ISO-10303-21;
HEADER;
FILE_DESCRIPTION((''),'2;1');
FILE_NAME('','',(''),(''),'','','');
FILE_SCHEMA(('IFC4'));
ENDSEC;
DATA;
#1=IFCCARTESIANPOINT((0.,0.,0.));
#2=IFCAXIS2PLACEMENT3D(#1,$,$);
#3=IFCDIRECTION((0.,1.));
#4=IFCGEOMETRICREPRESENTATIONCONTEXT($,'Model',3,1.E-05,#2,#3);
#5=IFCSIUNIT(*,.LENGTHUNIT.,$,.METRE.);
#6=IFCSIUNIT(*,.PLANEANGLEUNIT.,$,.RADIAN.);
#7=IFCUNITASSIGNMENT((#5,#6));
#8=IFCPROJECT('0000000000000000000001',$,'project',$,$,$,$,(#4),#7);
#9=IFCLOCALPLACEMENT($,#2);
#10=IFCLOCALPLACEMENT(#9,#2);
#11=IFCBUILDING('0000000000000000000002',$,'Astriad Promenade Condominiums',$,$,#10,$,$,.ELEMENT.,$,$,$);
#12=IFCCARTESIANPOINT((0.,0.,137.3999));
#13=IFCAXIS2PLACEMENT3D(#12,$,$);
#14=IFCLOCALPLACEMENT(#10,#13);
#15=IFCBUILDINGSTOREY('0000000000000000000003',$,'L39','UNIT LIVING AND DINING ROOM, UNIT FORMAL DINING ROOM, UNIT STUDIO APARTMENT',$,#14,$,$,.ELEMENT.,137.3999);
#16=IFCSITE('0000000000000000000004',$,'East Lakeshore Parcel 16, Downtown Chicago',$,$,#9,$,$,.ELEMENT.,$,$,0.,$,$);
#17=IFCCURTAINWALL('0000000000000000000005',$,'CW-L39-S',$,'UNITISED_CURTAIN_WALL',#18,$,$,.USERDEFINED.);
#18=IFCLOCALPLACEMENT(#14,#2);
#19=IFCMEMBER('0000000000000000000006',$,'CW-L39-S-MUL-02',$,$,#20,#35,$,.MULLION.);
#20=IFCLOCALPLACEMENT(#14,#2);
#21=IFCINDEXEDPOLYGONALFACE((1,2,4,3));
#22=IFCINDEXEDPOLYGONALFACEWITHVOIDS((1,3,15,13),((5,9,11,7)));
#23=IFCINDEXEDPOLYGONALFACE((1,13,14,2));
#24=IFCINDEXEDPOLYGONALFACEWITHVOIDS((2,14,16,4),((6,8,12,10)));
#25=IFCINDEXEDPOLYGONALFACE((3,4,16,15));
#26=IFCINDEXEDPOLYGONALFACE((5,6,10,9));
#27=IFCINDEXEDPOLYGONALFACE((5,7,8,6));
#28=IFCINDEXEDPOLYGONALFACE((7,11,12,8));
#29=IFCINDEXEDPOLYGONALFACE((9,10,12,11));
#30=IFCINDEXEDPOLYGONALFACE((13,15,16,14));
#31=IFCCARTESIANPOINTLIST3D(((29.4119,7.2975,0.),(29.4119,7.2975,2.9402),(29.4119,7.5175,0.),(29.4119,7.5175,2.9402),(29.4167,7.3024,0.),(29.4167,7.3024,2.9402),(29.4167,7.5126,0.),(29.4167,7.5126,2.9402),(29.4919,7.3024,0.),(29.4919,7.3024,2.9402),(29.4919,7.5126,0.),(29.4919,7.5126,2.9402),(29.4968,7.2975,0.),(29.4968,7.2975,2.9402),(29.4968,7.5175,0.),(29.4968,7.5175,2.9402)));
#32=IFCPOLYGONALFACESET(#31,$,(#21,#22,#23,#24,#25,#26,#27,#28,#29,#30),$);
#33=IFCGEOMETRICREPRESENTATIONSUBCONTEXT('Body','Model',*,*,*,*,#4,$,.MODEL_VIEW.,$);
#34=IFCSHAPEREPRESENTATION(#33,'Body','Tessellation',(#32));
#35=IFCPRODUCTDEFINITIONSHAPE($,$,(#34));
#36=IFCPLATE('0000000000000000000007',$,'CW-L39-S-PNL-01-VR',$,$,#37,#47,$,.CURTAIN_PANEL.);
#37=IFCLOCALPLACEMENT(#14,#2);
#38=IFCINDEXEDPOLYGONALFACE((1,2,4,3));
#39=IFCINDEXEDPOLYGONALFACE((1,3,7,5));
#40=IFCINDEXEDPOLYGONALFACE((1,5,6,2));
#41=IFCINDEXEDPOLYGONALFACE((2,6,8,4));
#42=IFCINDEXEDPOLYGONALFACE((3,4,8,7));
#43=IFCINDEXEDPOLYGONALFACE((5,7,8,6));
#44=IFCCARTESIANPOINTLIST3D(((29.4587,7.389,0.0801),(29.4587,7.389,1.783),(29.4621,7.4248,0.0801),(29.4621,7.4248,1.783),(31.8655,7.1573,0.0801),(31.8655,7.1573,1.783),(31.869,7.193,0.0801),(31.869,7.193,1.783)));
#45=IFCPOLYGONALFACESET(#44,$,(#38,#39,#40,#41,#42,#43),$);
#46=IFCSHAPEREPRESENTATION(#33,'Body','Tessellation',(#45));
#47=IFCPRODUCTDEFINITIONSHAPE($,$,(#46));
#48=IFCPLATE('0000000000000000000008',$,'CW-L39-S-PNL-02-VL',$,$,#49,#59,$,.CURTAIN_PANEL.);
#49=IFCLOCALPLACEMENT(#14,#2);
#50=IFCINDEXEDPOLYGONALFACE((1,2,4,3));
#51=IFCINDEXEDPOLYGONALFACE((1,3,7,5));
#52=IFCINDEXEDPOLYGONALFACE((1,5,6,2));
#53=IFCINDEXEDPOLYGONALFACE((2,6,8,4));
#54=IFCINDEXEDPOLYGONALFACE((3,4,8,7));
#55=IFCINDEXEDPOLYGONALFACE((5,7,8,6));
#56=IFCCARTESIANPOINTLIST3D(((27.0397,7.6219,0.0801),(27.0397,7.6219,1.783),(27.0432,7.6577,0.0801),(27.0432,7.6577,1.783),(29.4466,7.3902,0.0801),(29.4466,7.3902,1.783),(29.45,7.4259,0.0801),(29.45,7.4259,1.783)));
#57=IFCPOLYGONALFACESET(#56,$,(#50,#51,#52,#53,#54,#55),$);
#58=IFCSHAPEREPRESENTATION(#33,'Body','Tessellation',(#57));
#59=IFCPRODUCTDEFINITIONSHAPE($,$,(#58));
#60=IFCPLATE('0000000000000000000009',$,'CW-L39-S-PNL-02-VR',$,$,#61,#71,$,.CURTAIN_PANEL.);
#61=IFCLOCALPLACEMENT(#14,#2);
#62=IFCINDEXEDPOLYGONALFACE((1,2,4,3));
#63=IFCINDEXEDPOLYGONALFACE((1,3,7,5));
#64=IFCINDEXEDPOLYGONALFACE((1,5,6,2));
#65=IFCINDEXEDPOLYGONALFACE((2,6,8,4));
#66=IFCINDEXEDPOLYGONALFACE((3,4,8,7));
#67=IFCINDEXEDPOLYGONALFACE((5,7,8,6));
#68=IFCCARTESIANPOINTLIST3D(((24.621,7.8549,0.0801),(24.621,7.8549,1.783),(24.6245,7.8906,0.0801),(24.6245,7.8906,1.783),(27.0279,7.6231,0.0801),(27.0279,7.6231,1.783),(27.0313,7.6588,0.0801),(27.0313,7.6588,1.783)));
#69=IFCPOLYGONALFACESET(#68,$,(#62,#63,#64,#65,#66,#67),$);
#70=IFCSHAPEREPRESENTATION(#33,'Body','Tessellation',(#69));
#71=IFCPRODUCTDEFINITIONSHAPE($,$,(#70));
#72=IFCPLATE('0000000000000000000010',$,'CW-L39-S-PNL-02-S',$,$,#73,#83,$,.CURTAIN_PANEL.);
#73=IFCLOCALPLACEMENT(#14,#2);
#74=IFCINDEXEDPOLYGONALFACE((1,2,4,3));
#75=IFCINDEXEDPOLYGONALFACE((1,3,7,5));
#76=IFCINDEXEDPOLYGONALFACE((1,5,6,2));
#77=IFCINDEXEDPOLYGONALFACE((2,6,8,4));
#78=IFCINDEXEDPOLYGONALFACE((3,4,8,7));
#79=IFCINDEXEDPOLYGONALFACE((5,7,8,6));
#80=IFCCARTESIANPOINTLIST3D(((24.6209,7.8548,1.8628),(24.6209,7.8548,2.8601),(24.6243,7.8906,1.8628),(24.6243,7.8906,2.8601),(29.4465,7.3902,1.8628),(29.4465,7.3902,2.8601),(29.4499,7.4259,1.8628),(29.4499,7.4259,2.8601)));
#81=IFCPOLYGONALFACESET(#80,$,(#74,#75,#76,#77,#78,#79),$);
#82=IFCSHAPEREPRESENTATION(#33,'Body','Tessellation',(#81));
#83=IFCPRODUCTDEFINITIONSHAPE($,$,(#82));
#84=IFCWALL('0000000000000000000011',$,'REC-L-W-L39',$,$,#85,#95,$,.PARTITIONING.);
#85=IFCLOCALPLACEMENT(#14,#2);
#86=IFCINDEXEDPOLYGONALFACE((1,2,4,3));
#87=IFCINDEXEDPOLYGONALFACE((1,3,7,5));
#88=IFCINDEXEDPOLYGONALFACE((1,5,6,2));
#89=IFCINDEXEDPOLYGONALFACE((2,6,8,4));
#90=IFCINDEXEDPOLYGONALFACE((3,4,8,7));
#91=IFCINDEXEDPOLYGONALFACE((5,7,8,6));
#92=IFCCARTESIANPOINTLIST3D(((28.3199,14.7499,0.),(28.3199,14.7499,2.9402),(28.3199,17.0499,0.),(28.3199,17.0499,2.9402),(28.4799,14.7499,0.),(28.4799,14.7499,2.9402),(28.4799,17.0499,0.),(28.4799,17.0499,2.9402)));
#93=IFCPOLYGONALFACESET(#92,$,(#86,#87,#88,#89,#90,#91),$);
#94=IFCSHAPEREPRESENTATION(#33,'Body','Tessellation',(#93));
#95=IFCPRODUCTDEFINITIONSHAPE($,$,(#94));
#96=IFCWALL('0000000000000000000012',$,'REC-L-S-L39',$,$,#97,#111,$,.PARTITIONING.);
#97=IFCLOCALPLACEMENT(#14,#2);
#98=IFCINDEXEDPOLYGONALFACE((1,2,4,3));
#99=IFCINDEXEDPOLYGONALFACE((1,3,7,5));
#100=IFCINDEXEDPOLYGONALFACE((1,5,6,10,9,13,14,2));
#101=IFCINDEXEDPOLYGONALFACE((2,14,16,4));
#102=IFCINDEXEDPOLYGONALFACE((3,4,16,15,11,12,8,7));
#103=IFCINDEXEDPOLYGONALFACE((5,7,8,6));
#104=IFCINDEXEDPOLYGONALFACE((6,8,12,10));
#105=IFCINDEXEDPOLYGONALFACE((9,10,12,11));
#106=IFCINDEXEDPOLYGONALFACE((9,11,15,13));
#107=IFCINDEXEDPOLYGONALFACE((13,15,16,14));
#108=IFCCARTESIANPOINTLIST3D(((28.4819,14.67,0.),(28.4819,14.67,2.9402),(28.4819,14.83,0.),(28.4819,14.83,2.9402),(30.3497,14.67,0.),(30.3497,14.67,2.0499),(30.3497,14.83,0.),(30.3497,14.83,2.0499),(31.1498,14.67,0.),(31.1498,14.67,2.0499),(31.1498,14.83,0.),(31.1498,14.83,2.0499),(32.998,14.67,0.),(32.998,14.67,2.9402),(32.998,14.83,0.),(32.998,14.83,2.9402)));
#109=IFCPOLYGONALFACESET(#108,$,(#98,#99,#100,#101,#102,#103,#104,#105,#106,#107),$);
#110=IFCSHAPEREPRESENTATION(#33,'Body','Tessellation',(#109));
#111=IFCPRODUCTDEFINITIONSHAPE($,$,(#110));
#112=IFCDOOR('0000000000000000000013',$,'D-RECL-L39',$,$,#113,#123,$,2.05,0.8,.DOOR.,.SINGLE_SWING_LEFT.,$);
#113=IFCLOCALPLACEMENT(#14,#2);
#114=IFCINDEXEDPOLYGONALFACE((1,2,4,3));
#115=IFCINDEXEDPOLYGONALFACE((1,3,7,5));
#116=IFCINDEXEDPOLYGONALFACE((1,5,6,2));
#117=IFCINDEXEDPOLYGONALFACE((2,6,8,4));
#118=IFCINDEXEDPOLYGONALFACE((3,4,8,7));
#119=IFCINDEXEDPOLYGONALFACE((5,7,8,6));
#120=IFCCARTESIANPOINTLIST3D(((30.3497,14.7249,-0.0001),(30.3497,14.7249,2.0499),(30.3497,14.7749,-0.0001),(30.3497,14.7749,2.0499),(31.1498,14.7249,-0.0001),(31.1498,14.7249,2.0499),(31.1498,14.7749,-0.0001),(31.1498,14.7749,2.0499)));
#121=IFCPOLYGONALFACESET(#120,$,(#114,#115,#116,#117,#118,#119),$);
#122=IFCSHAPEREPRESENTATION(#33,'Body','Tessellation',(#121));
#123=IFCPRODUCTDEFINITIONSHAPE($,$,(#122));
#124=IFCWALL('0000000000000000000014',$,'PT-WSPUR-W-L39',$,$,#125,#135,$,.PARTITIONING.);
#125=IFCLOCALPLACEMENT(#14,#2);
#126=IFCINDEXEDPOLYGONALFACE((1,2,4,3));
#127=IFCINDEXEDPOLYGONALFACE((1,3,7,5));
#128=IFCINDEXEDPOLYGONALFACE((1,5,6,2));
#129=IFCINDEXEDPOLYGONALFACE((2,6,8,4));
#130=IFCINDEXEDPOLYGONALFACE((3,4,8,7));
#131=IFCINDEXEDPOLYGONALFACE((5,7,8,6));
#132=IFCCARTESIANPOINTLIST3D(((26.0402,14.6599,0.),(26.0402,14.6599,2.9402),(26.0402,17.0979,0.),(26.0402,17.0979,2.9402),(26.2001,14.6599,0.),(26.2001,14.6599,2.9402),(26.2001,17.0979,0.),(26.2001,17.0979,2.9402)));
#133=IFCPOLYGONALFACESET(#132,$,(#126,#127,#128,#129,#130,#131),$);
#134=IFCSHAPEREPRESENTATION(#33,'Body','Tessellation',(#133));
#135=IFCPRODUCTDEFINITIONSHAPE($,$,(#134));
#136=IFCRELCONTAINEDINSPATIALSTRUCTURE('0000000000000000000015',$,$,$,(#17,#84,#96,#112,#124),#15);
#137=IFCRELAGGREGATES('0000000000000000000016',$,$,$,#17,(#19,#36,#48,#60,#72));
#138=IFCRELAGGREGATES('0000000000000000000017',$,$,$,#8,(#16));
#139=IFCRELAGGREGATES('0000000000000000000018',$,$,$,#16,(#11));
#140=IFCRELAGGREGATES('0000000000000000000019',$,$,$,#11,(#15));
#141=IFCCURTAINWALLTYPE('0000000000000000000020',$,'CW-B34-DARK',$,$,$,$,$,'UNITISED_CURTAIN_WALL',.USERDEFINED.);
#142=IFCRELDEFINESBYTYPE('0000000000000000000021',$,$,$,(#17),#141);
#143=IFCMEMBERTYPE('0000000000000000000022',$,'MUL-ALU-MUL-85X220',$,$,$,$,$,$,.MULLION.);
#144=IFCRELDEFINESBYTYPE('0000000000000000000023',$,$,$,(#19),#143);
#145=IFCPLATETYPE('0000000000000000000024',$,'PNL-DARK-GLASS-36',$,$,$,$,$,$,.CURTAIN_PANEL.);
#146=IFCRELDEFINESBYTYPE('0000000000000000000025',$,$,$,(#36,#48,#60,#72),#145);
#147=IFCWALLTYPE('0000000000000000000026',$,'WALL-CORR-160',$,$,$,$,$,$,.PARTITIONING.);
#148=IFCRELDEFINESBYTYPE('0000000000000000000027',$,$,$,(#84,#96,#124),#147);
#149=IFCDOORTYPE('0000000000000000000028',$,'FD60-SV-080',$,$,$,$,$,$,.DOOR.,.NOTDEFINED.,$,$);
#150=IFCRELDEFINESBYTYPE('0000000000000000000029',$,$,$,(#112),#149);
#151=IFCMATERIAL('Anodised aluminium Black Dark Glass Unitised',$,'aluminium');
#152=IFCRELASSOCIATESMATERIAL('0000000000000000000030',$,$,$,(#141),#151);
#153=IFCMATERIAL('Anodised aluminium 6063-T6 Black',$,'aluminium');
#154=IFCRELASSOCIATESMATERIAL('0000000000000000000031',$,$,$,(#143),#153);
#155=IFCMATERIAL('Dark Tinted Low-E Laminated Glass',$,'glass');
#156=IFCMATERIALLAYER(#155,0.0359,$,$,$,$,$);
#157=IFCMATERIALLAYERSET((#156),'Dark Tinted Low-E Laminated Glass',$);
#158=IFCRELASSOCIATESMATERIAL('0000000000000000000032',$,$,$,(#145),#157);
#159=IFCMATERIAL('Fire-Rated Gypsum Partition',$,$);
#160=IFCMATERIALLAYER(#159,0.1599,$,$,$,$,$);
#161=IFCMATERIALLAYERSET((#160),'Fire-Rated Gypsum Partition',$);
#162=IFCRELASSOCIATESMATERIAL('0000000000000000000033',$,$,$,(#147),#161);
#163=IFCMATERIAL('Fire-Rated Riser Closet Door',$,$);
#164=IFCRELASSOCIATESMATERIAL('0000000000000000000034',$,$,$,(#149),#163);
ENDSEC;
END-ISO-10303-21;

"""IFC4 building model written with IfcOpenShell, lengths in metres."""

from ifc_helpers import new_model, si_unit, direction, frame, frame_2d, origin, origin_2d, place, context, subcontext, project, spatial, rectangle, hollow_rectangle, extrude, source, transform, mapped, material, layer, layer_set, material_profile, profile_set, type_object, type_shapes, element, fill, aggregate, save


model = new_model("IFC4")

# Units and contexts
model_context = context("Model", 3, precision=1e-05, world=origin(), true_north=direction((0.0, 1.0)))
body_context = subcontext(model_context, "Body", "Model", "MODEL_VIEW")
ifc_project = project(units=[si_unit("LENGTHUNIT", "METRE"), si_unit("PLANEANGLEUNIT", "RADIAN")], contexts=[model_context])

# Site, building, storey
site_placement = place(None, origin())
site = spatial("IfcSite", under=ifc_project, at=site_placement, Name="East Lakeshore Parcel 16, Downtown Chicago", CompositionType="ELEMENT", RefElevation=0.0)
building_placement = place(site_placement, origin())
building = spatial("IfcBuilding", under=site, at=building_placement, Name="Astriad Promenade Condominiums", CompositionType="ELEMENT")
storey_placement = place(building_placement, frame((0.0, 0.0, 137.3999)))
storey = spatial("IfcBuildingStorey", under=building, at=storey_placement, Name="L39", Description="UNIT LIVING AND DINING ROOM, UNIT FORMAL DINING ROOM, UNIT STUDIO APARTMENT", CompositionType="ELEMENT", Elevation=137.3999)

# Curtain wall, member, plates
ifc_material_1 = material(Name="Anodised aluminium Black Dark Glass Unitised", Category="aluminium")
curtain_wall_type = type_object("IfcCurtainWallType", Name="CW-B34-DARK", ElementType="UNITISED_CURTAIN_WALL", PredefinedType="USERDEFINED", material=ifc_material_1)
curtain_wall_placement = place(storey_placement, origin())
curtain_wall = element("IfcCurtainWall", 1, at=curtain_wall_placement, inside=storey, type_object=curtain_wall_type, Name="CW-L39-S", ObjectType="UNITISED_CURTAIN_WALL", PredefinedType="USERDEFINED")
ifc_material_2 = material(Name="Anodised aluminium 6063-T6 Black", Category="aluminium")
ifc_material_profile_1 = material_profile(ifc_material_2, hollow_rectangle(XDim=0.085, YDim=0.22, WallThickness=0.0049, at=origin_2d()), Name="ALU-MUL-85X220")
ifc_profile_set_1 = profile_set([ifc_material_profile_1], Name="Anodised aluminium 6063-T6 Black")
member_type_1 = type_object("IfcMemberType", Name="MUL-ALU-MUL-85X220", PredefinedType="MULLION", material=ifc_profile_set_1)
shared_shape_1 = source(origin(), body_context, "Body", "SweptSolid", [
    extrude(hollow_rectangle(XDim=0.085, YDim=0.22, WallThickness=0.0049, at=origin_2d()), origin(), (0.0, 0.0, 1.0), 2.9402),
])
type_shapes(member_type_1, [shared_shape_1])
member_1_placement = place(storey_placement, frame((29.4543, 7.4075, 0.0), z_axis=(0.0, 0.0, 1.0), x_axis=(1.0, 0.0, 0.0)))
member_1 = element("IfcMember", 2, at=member_1_placement, type_object=member_type_1, Name="CW-L39-S-MUL-02", PredefinedType="MULLION", context=body_context, shape_type="MappedRepresentation", body=[
    mapped(shared_shape_1, transform((0.0, 0.0, 0.0), scale=1.0)),
])
ifc_material_3 = material(Name="Dark Tinted Low-E Laminated Glass", Category="glass")
ifc_layer_1 = layer(ifc_material_3, 0.0359)
ifc_layer_set_1 = layer_set([ifc_layer_1], Name="Dark Tinted Low-E Laminated Glass")
plate_type = type_object("IfcPlateType", Name="PNL-DARK-GLASS-36", PredefinedType="CURTAIN_PANEL", material=ifc_layer_set_1)
shared_shape_2 = source(origin(), body_context, "Body", "SweptSolid", [
    extrude(rectangle(XDim=2.418, YDim=0.0359, at=origin_2d()), origin(), (0.0, 0.0, 1.0), 1.7029),
])
plate_1_placement = place(storey_placement, frame((30.6638, 7.291, 0.0801), z_axis=(0.0, 0.0, 1.0), x_axis=(-0.995396, 0.095846, 0.0)))
plate_1 = element("IfcPlate", 3, at=plate_1_placement, type_object=plate_type, Name="CW-L39-S-PNL-01-VR", PredefinedType="CURTAIN_PANEL", context=body_context, shape_type="MappedRepresentation", body=[
    mapped(shared_shape_2, transform((0.0, 0.0, 0.0), scale=1.0)),
])
plate_2_placement = place(storey_placement, frame((28.2449, 7.5239, 0.0801), z_axis=(0.0, 0.0, 1.0), x_axis=(-0.995396, 0.095846, 0.0)))
plate_2 = element("IfcPlate", 4, at=plate_2_placement, type_object=plate_type, Name="CW-L39-S-PNL-02-VL", PredefinedType="CURTAIN_PANEL", context=body_context, shape_type="MappedRepresentation", body=[
    mapped(shared_shape_2, transform((0.0, 0.0, 0.0), scale=1.0)),
])
plate_3_placement = place(storey_placement, frame((25.8262, 7.7568, 0.0801), z_axis=(0.0, 0.0, 1.0), x_axis=(-0.995396, 0.095846, 0.0)))
plate_3 = element("IfcPlate", 5, at=plate_3_placement, type_object=plate_type, Name="CW-L39-S-PNL-02-VR", PredefinedType="CURTAIN_PANEL", context=body_context, shape_type="MappedRepresentation", body=[
    mapped(shared_shape_2, transform((0.0, 0.0, 0.0), scale=1.0)),
])
shared_shape_3 = source(origin(), body_context, "Body", "SweptSolid", [
    extrude(rectangle(XDim=4.8479, YDim=0.0359, at=origin_2d()), origin(), (0.0, 0.0, 1.0), 0.9973),
])
type_shapes(plate_type, [shared_shape_2, shared_shape_3])
plate_4_placement = place(storey_placement, frame((27.0354, 7.6404, 1.8628), z_axis=(0.0, 0.0, 1.0), x_axis=(-0.995396, 0.095846, 0.0)))
plate_4 = element("IfcPlate", 6, at=plate_4_placement, type_object=plate_type, Name="CW-L39-S-PNL-02-S", PredefinedType="CURTAIN_PANEL", context=body_context, shape_type="MappedRepresentation", body=[
    mapped(shared_shape_3, transform((0.0, 0.0, 0.0), scale=1.0)),
])
aggregate(curtain_wall, [member_1, plate_1, plate_2, plate_3, plate_4])

# Wall
ifc_material_4 = material(Name="Fire-Rated Gypsum Partition")
ifc_layer_2 = layer(ifc_material_4, 0.1599)
ifc_layer_set_2 = layer_set([ifc_layer_2], Name="Fire-Rated Gypsum Partition")
wall_type_1 = type_object("IfcWallType", Name="WALL-CORR-160", PredefinedType="PARTITIONING", material=ifc_layer_set_2)
wall_1_placement = place(storey_placement, frame((28.3999, 14.75, 0.0), z_axis=(0.0, 0.0, 1.0), x_axis=(0.0, 1.0, 0.0)))
element("IfcWall", 7, at=wall_1_placement, inside=storey, type_object=wall_type_1, Name="REC-L-W-L39", PredefinedType="PARTITIONING", context=body_context, shape_type="SweptSolid", body=[
    extrude(rectangle(XDim=2.3, YDim=0.1599, at=frame_2d((1.1499, 0.0))), origin(), (0.0, 0.0, 1.0), 2.9402),
])

# Wall, opening, door
wall_2_placement = place(storey_placement, frame((28.4819, 14.75, 0.0), z_axis=(0.0, 0.0, 1.0), x_axis=(1.0, 0.0, 0.0)))
wall_2 = element("IfcWall", 8, at=wall_2_placement, inside=storey, type_object=wall_type_1, Name="REC-L-S-L39", PredefinedType="PARTITIONING", context=body_context, shape_type="SweptSolid", body=[
    extrude(rectangle(XDim=4.5161, YDim=0.1599, at=frame_2d((2.2581, 0.0))), origin(), (0.0, 0.0, 1.0), 2.9402),
])
opening_1_placement = place(wall_2_placement, frame((1.8679, 0.0, 0.0)))
opening_1 = element("IfcOpeningElement", 9, at=opening_1_placement, cuts=wall_2, PredefinedType="OPENING", context=body_context, shape_type="SweptSolid", body=[
    extrude(rectangle(XDim=0.8, YDim=2.05, at=frame_2d((0.3999, 1.0249))), frame((0.0, 0.0898, 0.0), z_axis=(0.0, -1.0, 0.0), x_axis=(1.0, 0.0, 0.0)), (0.0, 0.0, 1.0), 0.1799),
])
ifc_material_5 = material(Name="Fire-Rated Riser Closet Door")
door_type_1 = type_object("IfcDoorType", Name="FD60-SV-080", OperationType="NOTDEFINED", PredefinedType="DOOR", material=ifc_material_5)
shared_shape_4 = source(origin(), body_context, "Body", "SweptSolid", [
    extrude(rectangle(XDim=0.8, YDim=2.05, at=frame_2d((0.3999, 1.0249))), frame((0.0, 0.0249, 0.0), z_axis=(0.0, -1.0, 0.0), x_axis=(1.0, 0.0, 0.0)), (0.0, 0.0, 1.0), 0.05),
])
type_shapes(door_type_1, [shared_shape_4])
door_1_placement = place(opening_1_placement, origin())
door_1 = element("IfcDoor", 10, at=door_1_placement, inside=storey, type_object=door_type_1, Name="D-RECL-L39", OperationType="SINGLE_SWING_LEFT", OverallHeight=2.05, OverallWidth=0.8, PredefinedType="DOOR", context=body_context, shape_type="MappedRepresentation", body=[
    mapped(shared_shape_4, transform((0.0, 0.0, 0.0), scale=1.0)),
])
fill(opening_1, door_1)

# Wall
wall_3_placement = place(storey_placement, frame((26.1201, 14.6599, 0.0), z_axis=(0.0, 0.0, 1.0), x_axis=(0.0, 1.0, 0.0)))
element("IfcWall", 11, at=wall_3_placement, inside=storey, type_object=wall_type_1, Name="PT-WSPUR-W-L39", PredefinedType="PARTITIONING", context=body_context, shape_type="SweptSolid", body=[
    extrude(rectangle(XDim=2.438, YDim=0.1599, at=frame_2d((1.219, 0.0))), origin(), (0.0, 0.0, 1.0), 2.9402),
])

save(model, "model.ifc")
